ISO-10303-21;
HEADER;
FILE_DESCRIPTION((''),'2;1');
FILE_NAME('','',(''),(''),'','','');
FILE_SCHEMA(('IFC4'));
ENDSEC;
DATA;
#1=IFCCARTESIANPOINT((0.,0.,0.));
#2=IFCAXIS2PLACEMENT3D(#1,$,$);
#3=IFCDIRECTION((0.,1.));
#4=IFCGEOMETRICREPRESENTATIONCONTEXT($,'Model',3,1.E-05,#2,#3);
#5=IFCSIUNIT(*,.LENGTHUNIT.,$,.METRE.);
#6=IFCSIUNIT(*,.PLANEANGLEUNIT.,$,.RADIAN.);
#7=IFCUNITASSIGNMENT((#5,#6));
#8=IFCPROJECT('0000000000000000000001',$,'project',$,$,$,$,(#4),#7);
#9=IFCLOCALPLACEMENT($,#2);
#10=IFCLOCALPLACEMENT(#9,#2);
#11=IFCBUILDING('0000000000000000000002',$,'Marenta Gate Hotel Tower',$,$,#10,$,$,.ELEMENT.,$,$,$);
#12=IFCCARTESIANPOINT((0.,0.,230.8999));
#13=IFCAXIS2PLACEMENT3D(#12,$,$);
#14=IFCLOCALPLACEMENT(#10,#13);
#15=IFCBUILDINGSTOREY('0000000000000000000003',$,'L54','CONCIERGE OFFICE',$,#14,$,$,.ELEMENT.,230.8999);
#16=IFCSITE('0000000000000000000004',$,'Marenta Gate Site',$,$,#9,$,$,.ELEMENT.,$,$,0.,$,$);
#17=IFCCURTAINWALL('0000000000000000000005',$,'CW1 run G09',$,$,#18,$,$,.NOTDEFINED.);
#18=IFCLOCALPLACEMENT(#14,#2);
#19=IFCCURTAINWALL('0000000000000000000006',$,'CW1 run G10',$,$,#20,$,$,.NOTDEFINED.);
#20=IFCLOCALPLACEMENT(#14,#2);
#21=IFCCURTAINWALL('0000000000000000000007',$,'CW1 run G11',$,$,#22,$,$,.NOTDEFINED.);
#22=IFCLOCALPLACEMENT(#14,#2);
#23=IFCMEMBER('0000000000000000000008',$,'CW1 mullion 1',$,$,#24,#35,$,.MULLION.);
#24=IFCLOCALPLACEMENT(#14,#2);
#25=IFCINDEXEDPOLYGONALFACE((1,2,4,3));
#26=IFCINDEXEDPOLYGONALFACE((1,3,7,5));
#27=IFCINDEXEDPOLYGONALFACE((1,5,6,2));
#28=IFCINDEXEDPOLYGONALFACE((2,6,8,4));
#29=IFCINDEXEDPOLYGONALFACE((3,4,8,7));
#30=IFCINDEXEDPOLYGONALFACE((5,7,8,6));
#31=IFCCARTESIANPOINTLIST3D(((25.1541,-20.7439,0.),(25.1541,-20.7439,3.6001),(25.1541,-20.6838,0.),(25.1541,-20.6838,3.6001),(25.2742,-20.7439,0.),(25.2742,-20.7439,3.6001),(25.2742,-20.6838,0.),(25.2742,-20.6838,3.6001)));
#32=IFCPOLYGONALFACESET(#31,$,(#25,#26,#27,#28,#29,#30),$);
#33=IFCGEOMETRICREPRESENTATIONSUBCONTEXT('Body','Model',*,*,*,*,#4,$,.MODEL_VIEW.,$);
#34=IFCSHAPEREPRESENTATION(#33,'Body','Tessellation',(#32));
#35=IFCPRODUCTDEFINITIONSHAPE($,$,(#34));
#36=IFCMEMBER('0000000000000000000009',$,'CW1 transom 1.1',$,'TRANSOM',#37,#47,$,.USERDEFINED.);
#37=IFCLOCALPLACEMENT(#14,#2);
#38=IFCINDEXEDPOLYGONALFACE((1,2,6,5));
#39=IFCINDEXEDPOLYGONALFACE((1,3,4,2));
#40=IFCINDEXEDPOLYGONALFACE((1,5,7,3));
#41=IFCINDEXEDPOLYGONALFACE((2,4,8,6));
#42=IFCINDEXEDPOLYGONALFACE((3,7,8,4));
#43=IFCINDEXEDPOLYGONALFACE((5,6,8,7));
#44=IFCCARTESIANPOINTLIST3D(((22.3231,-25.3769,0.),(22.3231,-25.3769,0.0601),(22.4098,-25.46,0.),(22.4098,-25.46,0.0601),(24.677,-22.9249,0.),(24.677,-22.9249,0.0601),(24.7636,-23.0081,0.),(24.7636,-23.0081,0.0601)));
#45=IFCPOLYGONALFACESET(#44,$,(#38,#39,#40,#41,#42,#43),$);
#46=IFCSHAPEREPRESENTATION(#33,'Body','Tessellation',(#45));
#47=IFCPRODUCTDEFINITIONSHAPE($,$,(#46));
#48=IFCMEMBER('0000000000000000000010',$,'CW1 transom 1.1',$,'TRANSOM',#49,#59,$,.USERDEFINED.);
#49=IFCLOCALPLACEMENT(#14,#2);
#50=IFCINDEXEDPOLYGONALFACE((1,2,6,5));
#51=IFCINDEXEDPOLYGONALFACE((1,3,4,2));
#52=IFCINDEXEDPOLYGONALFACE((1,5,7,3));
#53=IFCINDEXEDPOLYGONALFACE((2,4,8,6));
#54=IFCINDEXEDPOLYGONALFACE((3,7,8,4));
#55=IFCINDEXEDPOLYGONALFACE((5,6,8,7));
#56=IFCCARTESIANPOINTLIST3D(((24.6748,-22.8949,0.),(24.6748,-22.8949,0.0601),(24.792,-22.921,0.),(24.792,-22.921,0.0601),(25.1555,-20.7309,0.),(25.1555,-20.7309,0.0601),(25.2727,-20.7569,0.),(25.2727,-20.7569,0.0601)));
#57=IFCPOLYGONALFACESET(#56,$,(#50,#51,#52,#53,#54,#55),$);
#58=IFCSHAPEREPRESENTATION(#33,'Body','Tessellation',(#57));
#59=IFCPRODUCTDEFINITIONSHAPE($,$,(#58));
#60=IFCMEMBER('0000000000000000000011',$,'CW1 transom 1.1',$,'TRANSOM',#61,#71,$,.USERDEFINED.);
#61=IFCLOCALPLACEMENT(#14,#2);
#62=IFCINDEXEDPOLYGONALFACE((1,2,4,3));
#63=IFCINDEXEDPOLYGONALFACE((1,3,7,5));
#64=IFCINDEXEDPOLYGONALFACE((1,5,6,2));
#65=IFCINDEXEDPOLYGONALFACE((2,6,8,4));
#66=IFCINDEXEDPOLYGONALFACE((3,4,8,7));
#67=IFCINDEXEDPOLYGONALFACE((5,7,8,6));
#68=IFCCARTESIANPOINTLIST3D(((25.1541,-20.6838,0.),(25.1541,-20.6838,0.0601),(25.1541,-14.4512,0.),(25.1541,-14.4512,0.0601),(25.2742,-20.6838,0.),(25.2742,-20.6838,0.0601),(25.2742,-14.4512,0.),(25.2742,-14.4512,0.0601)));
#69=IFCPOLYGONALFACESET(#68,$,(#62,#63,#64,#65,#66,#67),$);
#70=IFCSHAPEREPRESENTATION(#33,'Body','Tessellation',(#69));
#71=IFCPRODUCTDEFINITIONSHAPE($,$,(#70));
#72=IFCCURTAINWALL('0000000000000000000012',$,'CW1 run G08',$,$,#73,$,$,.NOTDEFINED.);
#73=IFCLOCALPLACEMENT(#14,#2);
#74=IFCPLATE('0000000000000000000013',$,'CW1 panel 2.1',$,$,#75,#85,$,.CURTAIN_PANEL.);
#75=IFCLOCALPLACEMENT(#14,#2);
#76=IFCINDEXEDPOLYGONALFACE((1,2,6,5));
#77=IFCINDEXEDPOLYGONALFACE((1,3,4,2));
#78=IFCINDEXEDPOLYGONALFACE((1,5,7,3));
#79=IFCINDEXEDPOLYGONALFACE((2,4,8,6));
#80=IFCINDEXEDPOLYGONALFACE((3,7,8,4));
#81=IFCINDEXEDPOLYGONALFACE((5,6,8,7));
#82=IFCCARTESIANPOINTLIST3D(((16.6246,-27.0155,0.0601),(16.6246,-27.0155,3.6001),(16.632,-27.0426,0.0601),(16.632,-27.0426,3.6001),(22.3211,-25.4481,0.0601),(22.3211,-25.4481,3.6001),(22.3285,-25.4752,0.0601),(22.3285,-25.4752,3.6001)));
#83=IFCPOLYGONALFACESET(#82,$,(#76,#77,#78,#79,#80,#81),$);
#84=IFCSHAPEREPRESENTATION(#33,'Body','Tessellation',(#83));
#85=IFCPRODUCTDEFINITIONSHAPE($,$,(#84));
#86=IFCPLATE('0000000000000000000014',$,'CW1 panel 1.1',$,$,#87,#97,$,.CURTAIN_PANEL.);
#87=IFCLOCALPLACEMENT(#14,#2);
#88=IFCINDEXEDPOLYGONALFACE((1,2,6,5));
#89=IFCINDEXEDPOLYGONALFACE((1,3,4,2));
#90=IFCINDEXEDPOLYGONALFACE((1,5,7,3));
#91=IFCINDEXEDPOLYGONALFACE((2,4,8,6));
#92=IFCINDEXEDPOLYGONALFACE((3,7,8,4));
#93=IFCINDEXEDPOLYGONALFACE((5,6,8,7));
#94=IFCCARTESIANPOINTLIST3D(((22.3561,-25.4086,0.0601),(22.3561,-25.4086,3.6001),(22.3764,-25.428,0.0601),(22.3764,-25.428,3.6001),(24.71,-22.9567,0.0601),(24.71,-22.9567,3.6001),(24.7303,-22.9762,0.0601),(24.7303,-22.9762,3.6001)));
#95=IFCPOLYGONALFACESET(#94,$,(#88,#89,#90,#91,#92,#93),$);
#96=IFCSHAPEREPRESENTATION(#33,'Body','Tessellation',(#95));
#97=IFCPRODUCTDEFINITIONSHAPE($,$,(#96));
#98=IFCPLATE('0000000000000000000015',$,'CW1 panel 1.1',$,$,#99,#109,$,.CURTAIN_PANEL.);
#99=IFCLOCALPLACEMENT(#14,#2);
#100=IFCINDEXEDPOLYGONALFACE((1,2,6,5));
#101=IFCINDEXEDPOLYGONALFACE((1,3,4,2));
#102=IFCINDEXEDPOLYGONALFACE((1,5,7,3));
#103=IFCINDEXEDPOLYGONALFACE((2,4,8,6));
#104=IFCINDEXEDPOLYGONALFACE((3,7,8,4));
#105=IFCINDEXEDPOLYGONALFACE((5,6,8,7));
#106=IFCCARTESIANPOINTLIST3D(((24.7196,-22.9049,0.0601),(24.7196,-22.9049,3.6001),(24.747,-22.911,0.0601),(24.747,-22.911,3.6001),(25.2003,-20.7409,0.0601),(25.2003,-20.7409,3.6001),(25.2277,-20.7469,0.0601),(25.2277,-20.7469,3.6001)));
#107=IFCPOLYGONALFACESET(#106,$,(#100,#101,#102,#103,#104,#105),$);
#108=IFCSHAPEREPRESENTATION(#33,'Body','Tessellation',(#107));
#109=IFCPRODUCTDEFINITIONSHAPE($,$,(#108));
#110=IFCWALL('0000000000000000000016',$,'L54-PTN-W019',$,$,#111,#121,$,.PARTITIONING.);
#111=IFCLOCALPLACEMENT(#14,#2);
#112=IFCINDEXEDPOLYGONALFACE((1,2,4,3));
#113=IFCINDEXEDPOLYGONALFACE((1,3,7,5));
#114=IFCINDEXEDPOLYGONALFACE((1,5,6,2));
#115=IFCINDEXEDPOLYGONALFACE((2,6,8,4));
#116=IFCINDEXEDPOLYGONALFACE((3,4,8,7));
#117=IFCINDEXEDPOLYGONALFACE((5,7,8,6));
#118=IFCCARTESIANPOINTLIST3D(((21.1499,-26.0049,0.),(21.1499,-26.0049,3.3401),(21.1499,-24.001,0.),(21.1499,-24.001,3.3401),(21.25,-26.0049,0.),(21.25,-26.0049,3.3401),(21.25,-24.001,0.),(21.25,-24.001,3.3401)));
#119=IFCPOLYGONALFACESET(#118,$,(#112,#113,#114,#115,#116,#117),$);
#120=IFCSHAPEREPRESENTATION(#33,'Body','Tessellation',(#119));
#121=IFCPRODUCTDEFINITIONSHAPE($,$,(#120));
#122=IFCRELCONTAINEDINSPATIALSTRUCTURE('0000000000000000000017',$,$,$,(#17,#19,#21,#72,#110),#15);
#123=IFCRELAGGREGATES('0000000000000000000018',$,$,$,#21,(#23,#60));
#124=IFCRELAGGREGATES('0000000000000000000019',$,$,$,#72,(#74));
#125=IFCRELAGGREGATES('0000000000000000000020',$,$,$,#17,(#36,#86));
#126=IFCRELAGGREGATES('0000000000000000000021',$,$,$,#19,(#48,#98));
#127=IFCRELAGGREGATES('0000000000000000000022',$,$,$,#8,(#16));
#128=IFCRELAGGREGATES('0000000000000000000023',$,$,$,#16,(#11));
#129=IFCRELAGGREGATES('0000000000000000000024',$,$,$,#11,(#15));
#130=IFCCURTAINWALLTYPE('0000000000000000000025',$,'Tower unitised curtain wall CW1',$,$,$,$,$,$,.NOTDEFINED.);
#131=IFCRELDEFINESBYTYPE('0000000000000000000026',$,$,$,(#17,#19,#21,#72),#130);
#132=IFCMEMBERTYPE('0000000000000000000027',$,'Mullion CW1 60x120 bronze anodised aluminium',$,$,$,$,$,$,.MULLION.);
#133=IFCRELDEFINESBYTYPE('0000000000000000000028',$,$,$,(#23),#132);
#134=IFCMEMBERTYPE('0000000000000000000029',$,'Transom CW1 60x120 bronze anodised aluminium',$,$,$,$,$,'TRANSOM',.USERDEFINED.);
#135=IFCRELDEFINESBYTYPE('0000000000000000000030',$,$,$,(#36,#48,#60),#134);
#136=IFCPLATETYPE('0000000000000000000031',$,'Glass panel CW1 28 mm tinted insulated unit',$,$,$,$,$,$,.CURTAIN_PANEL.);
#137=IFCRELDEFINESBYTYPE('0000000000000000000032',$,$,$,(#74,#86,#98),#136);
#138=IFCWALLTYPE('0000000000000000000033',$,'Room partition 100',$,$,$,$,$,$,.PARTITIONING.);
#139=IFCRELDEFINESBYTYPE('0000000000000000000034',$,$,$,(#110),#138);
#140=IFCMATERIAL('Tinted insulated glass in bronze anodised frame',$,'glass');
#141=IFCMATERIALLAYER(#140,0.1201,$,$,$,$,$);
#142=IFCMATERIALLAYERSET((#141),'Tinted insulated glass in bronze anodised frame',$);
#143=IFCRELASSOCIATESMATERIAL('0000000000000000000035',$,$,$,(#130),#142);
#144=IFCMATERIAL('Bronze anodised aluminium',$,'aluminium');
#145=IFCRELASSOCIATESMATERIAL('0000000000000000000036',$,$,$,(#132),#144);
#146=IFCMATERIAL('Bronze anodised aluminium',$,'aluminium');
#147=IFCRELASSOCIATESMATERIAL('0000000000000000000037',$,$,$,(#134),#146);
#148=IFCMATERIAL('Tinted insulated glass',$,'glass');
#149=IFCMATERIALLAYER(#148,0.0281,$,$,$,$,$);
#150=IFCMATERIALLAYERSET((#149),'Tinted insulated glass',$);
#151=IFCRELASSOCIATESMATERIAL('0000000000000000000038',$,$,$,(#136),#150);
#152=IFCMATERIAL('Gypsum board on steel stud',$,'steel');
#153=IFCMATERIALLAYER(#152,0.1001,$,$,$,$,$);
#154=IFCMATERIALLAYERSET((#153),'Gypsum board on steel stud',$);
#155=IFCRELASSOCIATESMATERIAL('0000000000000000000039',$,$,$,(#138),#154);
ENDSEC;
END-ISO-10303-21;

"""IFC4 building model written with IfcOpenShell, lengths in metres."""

from ifc_helpers import new_model, si_unit, direction, frame, frame_2d, origin, origin_2d, place, context, subcontext, project, spatial, rectangle, extrude, material, layer, layer_set, material_profile, profile_set, type_object, element, aggregate, save


model = new_model("IFC4")

# Units and contexts
model_context = context("Model", 3, precision=1e-05, world=origin(), true_north=direction((0.0, 1.0)))
body_context = subcontext(model_context, "Body", "Model", "MODEL_VIEW")
ifc_project = project(units=[si_unit("LENGTHUNIT", "METRE"), si_unit("PLANEANGLEUNIT", "RADIAN")], contexts=[model_context])

# Site, building, storey
site_placement = place(None, origin())
site = spatial("IfcSite", under=ifc_project, at=site_placement, Name="Marenta Gate Site", CompositionType="ELEMENT", RefElevation=0.0)
building_placement = place(site_placement, origin())
building = spatial("IfcBuilding", under=site, at=building_placement, Name="Marenta Gate Hotel Tower", CompositionType="ELEMENT")
storey_placement = place(building_placement, frame((0.0, 0.0, 230.8999)))
storey = spatial("IfcBuildingStorey", under=building, at=storey_placement, Name="L54", Description="CONCIERGE OFFICE", CompositionType="ELEMENT", Elevation=230.8999)

# Curtain walls, member
ifc_material_1 = material(Name="Tinted insulated glass in bronze anodised frame", Category="glass")
ifc_layer_1 = layer(ifc_material_1, 0.1201)
ifc_layer_set_1 = layer_set([ifc_layer_1], Name="Tinted insulated glass in bronze anodised frame")
curtain_wall_type = type_object("IfcCurtainWallType", Name="Tower unitised curtain wall CW1", PredefinedType="NOTDEFINED", material=ifc_layer_set_1)
curtain_wall_1_placement = place(storey_placement, origin())
curtain_wall_1 = element("IfcCurtainWall", 1, at=curtain_wall_1_placement, inside=storey, type_object=curtain_wall_type, Name="CW1 run G09", PredefinedType="NOTDEFINED")
ifc_material_2 = material(Name="Bronze anodised aluminium", Category="aluminium")
ifc_material_profile_1 = material_profile(ifc_material_2, rectangle(XDim=0.1201, YDim=0.0601, at=origin_2d()), Name="Mullion CW1 60x120 bronze anodised aluminium")
ifc_profile_set_1 = profile_set([ifc_material_profile_1], Name="Bronze anodised aluminium")
member_type_1 = type_object("IfcMemberType", Name="Mullion CW1 60x120 bronze anodised aluminium", PredefinedType="MULLION", material=ifc_profile_set_1)
curtain_wall_2_placement = place(storey_placement, origin())
curtain_wall_2 = element("IfcCurtainWall", 2, at=curtain_wall_2_placement, inside=storey, type_object=curtain_wall_type, Name="CW1 run G10", PredefinedType="NOTDEFINED")
curtain_wall_3_placement = place(storey_placement, origin())
curtain_wall_3 = element("IfcCurtainWall", 3, at=curtain_wall_3_placement, inside=storey, type_object=curtain_wall_type, Name="CW1 run G11", PredefinedType="NOTDEFINED")
member_1_placement = place(storey_placement, frame((25.2141, -20.7139, 0.0), z_axis=(0.0, 0.0, 1.0), x_axis=(-1.0, 0.0, 0.0)))
member_1 = element("IfcMember", 4, at=member_1_placement, type_object=member_type_1, Name="CW1 mullion 1", PredefinedType="MULLION", context=body_context, shape_type="SweptSolid", body=[
    extrude(rectangle(XDim=0.1201, YDim=0.0601, at=origin_2d()), origin(), (0.0, 0.0, 1.0), 3.6001),
])

# Members
ifc_material_3 = material(Name="Bronze anodised aluminium", Category="aluminium")
ifc_material_profile_2 = material_profile(ifc_material_3, rectangle(XDim=0.1201, YDim=0.0601, at=origin_2d()), Name="Transom CW1 60x120 bronze anodised aluminium")
ifc_profile_set_2 = profile_set([ifc_material_profile_2], Name="Bronze anodised aluminium")
member_type_2 = type_object("IfcMemberType", Name="Transom CW1 60x120 bronze anodised aluminium", ElementType="TRANSOM", PredefinedType="USERDEFINED", material=ifc_profile_set_2)
member_2_placement = place(storey_placement, frame((22.3665, -25.4185, 0.03), z_axis=(0.692521, 0.721397, 0.0), x_axis=(-0.721397, 0.692521, 0.0)))
member_2 = element("IfcMember", 5, at=member_2_placement, type_object=member_type_2, Name="CW1 transom 1.1", ObjectType="TRANSOM", PredefinedType="USERDEFINED", context=body_context, shape_type="SweptSolid", body=[
    extrude(rectangle(XDim=0.1201, YDim=0.0601, at=origin_2d()), origin(), (0.0, 0.0, 1.0), 3.3989),
])
member_3_placement = place(storey_placement, frame((24.7334, -22.908, 0.03), z_axis=(0.216849, 0.976205, 0.0), x_axis=(-0.976205, 0.216849, 0.0)))
member_3 = element("IfcMember", 6, at=member_3_placement, type_object=member_type_2, Name="CW1 transom 1.1", ObjectType="TRANSOM", PredefinedType="USERDEFINED", context=body_context, shape_type="SweptSolid", body=[
    extrude(rectangle(XDim=0.1201, YDim=0.0601, at=origin_2d()), origin(), (0.0, 0.0, 1.0), 2.2168),
])
member_4_placement = place(storey_placement, frame((25.2141, -20.6838, 0.03), z_axis=(0.0, 1.0, 0.0), x_axis=(-1.0, 0.0, 0.0)))
member_4 = element("IfcMember", 7, at=member_4_placement, type_object=member_type_2, Name="CW1 transom 1.1", ObjectType="TRANSOM", PredefinedType="USERDEFINED", context=body_context, shape_type="SweptSolid", body=[
    extrude(rectangle(XDim=0.1201, YDim=0.0601, at=origin_2d()), origin(), (0.0, 0.0, 1.0), 6.2327),
])
aggregate(curtain_wall_3, [member_1, member_4])

# Curtain wall, plate
curtain_wall_4_placement = place(storey_placement, origin())
curtain_wall_4 = element("IfcCurtainWall", 8, at=curtain_wall_4_placement, inside=storey, type_object=curtain_wall_type, Name="CW1 run G08", PredefinedType="NOTDEFINED")
ifc_material_4 = material(Name="Tinted insulated glass", Category="glass")
ifc_layer_2 = layer(ifc_material_4, 0.0281)
ifc_layer_set_2 = layer_set([ifc_layer_2], Name="Tinted insulated glass")
plate_type = type_object("IfcPlateType", Name="Glass panel CW1 28 mm tinted insulated unit", PredefinedType="CURTAIN_PANEL", material=ifc_layer_set_2)
plate_1_placement = place(storey_placement, frame((19.4766, -26.2454, 0.0601), z_axis=(0.0, 0.0, 1.0), x_axis=(0.964168, 0.265293, 0.0)))
plate_1 = element("IfcPlate", 9, at=plate_1_placement, type_object=plate_type, Name="CW1 panel 2.1", PredefinedType="CURTAIN_PANEL", context=body_context, shape_type="SweptSolid", body=[
    extrude(rectangle(XDim=5.9082, YDim=0.0281, at=origin_2d()), origin(), (0.0, 0.0, 1.0), 3.54),
])
aggregate(curtain_wall_4, [plate_1])

# Plates
plate_2_placement = place(storey_placement, frame((23.5432, -24.1924, 0.0601), z_axis=(0.0, 0.0, 1.0), x_axis=(0.692548, 0.721372, 0.0)))
plate_2 = element("IfcPlate", 10, at=plate_2_placement, type_object=plate_type, Name="CW1 panel 1.1", PredefinedType="CURTAIN_PANEL", context=body_context, shape_type="SweptSolid", body=[
    extrude(rectangle(XDim=3.3989, YDim=0.0281, at=origin_2d()), origin(), (0.0, 0.0, 1.0), 3.54),
])
aggregate(curtain_wall_1, [member_2, plate_2])
plate_3_placement = place(storey_placement, frame((24.9736, -21.8259, 0.0601), z_axis=(0.0, 0.0, 1.0), x_axis=(0.216842, 0.976207, 0.0)))
plate_3 = element("IfcPlate", 11, at=plate_3_placement, type_object=plate_type, Name="CW1 panel 1.1", PredefinedType="CURTAIN_PANEL", context=body_context, shape_type="SweptSolid", body=[
    extrude(rectangle(XDim=2.2168, YDim=0.0281, at=origin_2d()), origin(), (0.0, 0.0, 1.0), 3.54),
])
aggregate(curtain_wall_2, [member_3, plate_3])

# Wall
ifc_material_5 = material(Name="Gypsum board on steel stud", Category="steel")
ifc_layer_3 = layer(ifc_material_5, 0.1001)
ifc_layer_set_3 = layer_set([ifc_layer_3], Name="Gypsum board on steel stud")
wall_type = type_object("IfcWallType", Name="Room partition 100", PredefinedType="PARTITIONING", material=ifc_layer_set_3)
wall_placement = place(storey_placement, frame((21.2, -26.0049, 0.0), z_axis=(0.0, 0.0, 1.0), x_axis=(0.0, 1.0, 0.0)))
element("IfcWall", 12, at=wall_placement, inside=storey, type_object=wall_type, Name="L54-PTN-W019", PredefinedType="PARTITIONING", context=body_context, shape_type="SweptSolid", body=[
    extrude(rectangle(XDim=2.0039, YDim=0.1001, at=frame_2d((1.002, 0.0))), origin(), (0.0, 0.0, 1.0), 3.3401),
])

save(model, "model.ifc")
